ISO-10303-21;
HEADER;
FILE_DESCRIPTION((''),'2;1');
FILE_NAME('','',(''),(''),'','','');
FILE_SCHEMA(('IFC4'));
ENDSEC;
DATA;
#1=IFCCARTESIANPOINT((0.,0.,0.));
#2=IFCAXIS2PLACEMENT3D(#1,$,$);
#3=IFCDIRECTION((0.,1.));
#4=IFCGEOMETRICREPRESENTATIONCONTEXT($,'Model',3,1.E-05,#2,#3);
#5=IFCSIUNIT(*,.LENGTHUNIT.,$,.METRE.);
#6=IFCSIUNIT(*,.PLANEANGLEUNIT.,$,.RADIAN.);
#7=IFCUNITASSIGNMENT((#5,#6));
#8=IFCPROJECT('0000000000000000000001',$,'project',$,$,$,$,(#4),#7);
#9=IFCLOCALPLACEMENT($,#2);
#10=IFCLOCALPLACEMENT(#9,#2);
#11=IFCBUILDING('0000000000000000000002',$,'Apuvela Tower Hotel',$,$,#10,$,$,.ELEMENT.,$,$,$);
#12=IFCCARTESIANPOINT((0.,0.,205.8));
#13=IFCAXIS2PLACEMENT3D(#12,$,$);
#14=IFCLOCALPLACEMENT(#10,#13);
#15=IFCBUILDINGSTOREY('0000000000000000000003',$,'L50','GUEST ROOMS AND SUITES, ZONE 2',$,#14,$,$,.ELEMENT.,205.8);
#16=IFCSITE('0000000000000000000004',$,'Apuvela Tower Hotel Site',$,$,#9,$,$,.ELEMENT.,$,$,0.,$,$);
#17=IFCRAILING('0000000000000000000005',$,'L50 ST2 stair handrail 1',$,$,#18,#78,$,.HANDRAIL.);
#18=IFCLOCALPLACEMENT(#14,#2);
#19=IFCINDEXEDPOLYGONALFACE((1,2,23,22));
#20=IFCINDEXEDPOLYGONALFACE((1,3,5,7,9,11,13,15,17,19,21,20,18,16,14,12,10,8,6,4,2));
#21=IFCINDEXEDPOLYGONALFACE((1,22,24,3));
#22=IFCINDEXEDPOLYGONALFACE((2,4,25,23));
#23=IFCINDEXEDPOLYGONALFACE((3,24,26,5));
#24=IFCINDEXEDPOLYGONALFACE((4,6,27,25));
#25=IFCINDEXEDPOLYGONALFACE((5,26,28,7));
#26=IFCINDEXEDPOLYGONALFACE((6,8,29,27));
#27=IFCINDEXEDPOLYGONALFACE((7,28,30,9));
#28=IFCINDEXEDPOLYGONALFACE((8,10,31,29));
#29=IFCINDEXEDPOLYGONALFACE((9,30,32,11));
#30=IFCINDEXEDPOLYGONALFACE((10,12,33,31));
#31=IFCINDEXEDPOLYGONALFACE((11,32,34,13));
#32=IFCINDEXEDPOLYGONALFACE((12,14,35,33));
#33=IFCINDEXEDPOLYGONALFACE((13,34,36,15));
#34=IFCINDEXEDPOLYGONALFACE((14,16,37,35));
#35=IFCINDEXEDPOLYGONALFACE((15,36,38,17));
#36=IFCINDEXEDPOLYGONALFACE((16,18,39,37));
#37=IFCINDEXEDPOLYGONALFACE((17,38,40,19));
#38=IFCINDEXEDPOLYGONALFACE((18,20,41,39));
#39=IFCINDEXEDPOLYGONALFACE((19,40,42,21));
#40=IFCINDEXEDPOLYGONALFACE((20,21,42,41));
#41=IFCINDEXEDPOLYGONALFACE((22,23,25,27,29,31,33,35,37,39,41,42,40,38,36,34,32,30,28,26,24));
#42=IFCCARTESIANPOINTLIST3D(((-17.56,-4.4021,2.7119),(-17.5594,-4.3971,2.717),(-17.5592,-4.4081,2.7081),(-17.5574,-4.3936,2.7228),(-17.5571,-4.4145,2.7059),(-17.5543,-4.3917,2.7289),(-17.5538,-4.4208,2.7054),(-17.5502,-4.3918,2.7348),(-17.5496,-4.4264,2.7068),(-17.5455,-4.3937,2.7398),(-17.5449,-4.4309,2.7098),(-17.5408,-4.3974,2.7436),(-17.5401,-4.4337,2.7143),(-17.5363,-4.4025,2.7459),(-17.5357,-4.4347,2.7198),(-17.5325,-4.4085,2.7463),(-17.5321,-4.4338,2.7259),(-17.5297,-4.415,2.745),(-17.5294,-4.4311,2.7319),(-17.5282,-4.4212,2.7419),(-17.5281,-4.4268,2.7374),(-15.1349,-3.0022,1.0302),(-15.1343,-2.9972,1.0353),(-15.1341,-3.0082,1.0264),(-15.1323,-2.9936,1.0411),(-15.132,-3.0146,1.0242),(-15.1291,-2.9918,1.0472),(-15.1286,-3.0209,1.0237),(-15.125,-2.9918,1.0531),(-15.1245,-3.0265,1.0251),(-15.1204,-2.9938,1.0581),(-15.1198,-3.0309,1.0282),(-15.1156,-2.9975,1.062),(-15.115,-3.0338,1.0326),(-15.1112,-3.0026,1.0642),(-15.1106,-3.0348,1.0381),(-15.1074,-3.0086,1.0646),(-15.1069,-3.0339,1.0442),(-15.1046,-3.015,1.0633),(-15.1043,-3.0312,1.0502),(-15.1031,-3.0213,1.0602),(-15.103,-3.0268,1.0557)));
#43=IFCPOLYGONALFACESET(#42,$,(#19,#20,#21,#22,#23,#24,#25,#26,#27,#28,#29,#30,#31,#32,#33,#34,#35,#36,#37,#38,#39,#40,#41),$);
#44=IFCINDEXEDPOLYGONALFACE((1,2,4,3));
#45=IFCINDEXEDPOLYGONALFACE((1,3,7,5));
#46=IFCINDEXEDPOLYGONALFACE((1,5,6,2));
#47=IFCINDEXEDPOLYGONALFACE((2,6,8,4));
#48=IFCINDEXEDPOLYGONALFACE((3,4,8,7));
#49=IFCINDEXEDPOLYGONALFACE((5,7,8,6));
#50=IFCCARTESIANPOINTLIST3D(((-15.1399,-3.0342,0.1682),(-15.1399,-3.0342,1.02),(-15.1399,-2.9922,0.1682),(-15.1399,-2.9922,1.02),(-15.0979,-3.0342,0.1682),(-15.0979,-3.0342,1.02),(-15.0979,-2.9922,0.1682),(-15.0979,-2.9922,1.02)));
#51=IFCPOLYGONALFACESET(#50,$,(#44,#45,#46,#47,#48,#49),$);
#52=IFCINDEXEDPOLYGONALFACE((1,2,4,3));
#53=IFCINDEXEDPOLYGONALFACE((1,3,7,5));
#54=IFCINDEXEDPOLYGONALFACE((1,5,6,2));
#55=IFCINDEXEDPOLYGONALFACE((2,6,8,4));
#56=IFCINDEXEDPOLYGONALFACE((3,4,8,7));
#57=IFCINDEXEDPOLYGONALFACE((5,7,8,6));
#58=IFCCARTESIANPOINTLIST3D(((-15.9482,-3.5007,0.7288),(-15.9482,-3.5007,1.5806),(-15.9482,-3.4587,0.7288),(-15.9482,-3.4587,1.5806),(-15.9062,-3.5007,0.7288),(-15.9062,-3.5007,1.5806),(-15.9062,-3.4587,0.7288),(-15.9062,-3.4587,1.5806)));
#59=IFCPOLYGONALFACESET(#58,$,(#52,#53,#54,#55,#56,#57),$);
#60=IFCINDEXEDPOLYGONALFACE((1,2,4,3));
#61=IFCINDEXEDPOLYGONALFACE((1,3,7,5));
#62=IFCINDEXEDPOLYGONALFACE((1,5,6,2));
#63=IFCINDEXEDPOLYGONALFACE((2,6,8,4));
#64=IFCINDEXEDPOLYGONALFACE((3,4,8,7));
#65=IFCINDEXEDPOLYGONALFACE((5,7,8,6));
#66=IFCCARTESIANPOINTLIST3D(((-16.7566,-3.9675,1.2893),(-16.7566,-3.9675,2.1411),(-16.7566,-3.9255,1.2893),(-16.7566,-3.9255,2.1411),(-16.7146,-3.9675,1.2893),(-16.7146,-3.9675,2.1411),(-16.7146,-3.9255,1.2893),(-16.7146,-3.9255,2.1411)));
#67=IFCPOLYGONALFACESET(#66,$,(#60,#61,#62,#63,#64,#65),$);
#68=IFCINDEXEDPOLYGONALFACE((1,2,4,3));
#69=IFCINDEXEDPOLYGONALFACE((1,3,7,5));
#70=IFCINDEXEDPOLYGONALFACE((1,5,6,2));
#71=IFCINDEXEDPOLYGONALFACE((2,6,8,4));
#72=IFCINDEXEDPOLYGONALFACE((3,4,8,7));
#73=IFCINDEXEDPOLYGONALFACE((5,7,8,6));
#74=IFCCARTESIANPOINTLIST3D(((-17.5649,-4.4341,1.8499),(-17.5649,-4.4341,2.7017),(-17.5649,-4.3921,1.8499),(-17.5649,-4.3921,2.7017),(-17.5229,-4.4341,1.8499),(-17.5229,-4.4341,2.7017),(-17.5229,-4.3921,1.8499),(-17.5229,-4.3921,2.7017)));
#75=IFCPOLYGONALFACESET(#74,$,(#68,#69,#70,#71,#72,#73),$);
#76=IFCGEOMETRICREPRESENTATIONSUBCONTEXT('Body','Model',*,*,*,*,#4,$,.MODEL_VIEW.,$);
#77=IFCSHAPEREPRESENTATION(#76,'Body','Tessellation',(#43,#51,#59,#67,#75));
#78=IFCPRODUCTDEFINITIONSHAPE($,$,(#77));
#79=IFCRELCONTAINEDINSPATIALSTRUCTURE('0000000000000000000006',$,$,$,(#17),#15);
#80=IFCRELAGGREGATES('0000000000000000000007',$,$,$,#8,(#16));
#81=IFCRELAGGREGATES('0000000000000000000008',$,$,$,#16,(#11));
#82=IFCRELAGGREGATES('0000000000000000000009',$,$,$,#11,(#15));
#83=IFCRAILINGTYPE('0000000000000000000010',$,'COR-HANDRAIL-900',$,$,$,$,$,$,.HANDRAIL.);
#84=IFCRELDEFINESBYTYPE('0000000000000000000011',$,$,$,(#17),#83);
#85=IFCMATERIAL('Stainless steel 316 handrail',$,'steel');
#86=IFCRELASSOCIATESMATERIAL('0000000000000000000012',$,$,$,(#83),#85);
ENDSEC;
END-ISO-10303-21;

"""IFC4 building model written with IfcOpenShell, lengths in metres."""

from ifc_helpers import new_model, si_unit, direction, frame, origin, origin_2d, place, context, subcontext, project, spatial, rectangle, circle, extrude, material, type_object, element, save


model = new_model("IFC4")

# Units and contexts
model_context = context("Model", 3, precision=1e-05, world=origin(), true_north=direction((0.0, 1.0)))
body_context = subcontext(model_context, "Body", "Model", "MODEL_VIEW")
ifc_project = project(units=[si_unit("LENGTHUNIT", "METRE"), si_unit("PLANEANGLEUNIT", "RADIAN")], contexts=[model_context])

# Site, building, storey
site_placement = place(None, origin())
site = spatial("IfcSite", under=ifc_project, at=site_placement, Name="Apuvela Tower Hotel Site", CompositionType="ELEMENT", RefElevation=0.0)
building_placement = place(site_placement, origin())
building = spatial("IfcBuilding", under=site, at=building_placement, Name="Apuvela Tower Hotel", CompositionType="ELEMENT")
storey_placement = place(building_placement, frame((0.0, 0.0, 205.8)))
storey = spatial("IfcBuildingStorey", under=building, at=storey_placement, Name="L50", Description="GUEST ROOMS AND SUITES, ZONE 2", CompositionType="ELEMENT", Elevation=205.8)

# Railing
ifc_material_1 = material(Name="Stainless steel 316 handrail", Category="steel")
railing_type_1 = type_object("IfcRailingType", Name="COR-HANDRAIL-900", PredefinedType="HANDRAIL", material=ifc_material_1)
railing_1_placement = place(storey_placement, frame((-15.1189, -3.0132, 0.1682)))
element("IfcRailing", 1, at=railing_1_placement, inside=storey, type_object=railing_type_1, Name="L50 ST2 stair handrail 1", PredefinedType="HANDRAIL", context=body_context, shape_type="SweptSolid", body=[
    extrude(circle(Radius=0.0239, at=origin_2d()), frame((0.0, 0.0, 0.876), z_axis=(-0.742453, -0.428594, 0.514851), x_axis=(0.499946, -0.866056, 0.0)), (0.0, 0.0, 1.0), 3.2664),
    extrude(rectangle(XDim=0.042, YDim=0.042, at=origin_2d()), origin(), (0.0, 0.0, 1.0), 0.8518),
    extrude(rectangle(XDim=0.042, YDim=0.042, at=origin_2d()), frame((-0.8083, -0.4666, 0.5605)), (0.0, 0.0, 1.0), 0.8518),
    extrude(rectangle(XDim=0.042, YDim=0.042, at=origin_2d()), frame((-1.6167, -0.9333, 1.1211)), (0.0, 0.0, 1.0), 0.8518),
    extrude(rectangle(XDim=0.042, YDim=0.042, at=origin_2d()), frame((-2.425, -1.3999, 1.6816)), (0.0, 0.0, 1.0), 0.8518),
])

save(model, "model.ifc")
